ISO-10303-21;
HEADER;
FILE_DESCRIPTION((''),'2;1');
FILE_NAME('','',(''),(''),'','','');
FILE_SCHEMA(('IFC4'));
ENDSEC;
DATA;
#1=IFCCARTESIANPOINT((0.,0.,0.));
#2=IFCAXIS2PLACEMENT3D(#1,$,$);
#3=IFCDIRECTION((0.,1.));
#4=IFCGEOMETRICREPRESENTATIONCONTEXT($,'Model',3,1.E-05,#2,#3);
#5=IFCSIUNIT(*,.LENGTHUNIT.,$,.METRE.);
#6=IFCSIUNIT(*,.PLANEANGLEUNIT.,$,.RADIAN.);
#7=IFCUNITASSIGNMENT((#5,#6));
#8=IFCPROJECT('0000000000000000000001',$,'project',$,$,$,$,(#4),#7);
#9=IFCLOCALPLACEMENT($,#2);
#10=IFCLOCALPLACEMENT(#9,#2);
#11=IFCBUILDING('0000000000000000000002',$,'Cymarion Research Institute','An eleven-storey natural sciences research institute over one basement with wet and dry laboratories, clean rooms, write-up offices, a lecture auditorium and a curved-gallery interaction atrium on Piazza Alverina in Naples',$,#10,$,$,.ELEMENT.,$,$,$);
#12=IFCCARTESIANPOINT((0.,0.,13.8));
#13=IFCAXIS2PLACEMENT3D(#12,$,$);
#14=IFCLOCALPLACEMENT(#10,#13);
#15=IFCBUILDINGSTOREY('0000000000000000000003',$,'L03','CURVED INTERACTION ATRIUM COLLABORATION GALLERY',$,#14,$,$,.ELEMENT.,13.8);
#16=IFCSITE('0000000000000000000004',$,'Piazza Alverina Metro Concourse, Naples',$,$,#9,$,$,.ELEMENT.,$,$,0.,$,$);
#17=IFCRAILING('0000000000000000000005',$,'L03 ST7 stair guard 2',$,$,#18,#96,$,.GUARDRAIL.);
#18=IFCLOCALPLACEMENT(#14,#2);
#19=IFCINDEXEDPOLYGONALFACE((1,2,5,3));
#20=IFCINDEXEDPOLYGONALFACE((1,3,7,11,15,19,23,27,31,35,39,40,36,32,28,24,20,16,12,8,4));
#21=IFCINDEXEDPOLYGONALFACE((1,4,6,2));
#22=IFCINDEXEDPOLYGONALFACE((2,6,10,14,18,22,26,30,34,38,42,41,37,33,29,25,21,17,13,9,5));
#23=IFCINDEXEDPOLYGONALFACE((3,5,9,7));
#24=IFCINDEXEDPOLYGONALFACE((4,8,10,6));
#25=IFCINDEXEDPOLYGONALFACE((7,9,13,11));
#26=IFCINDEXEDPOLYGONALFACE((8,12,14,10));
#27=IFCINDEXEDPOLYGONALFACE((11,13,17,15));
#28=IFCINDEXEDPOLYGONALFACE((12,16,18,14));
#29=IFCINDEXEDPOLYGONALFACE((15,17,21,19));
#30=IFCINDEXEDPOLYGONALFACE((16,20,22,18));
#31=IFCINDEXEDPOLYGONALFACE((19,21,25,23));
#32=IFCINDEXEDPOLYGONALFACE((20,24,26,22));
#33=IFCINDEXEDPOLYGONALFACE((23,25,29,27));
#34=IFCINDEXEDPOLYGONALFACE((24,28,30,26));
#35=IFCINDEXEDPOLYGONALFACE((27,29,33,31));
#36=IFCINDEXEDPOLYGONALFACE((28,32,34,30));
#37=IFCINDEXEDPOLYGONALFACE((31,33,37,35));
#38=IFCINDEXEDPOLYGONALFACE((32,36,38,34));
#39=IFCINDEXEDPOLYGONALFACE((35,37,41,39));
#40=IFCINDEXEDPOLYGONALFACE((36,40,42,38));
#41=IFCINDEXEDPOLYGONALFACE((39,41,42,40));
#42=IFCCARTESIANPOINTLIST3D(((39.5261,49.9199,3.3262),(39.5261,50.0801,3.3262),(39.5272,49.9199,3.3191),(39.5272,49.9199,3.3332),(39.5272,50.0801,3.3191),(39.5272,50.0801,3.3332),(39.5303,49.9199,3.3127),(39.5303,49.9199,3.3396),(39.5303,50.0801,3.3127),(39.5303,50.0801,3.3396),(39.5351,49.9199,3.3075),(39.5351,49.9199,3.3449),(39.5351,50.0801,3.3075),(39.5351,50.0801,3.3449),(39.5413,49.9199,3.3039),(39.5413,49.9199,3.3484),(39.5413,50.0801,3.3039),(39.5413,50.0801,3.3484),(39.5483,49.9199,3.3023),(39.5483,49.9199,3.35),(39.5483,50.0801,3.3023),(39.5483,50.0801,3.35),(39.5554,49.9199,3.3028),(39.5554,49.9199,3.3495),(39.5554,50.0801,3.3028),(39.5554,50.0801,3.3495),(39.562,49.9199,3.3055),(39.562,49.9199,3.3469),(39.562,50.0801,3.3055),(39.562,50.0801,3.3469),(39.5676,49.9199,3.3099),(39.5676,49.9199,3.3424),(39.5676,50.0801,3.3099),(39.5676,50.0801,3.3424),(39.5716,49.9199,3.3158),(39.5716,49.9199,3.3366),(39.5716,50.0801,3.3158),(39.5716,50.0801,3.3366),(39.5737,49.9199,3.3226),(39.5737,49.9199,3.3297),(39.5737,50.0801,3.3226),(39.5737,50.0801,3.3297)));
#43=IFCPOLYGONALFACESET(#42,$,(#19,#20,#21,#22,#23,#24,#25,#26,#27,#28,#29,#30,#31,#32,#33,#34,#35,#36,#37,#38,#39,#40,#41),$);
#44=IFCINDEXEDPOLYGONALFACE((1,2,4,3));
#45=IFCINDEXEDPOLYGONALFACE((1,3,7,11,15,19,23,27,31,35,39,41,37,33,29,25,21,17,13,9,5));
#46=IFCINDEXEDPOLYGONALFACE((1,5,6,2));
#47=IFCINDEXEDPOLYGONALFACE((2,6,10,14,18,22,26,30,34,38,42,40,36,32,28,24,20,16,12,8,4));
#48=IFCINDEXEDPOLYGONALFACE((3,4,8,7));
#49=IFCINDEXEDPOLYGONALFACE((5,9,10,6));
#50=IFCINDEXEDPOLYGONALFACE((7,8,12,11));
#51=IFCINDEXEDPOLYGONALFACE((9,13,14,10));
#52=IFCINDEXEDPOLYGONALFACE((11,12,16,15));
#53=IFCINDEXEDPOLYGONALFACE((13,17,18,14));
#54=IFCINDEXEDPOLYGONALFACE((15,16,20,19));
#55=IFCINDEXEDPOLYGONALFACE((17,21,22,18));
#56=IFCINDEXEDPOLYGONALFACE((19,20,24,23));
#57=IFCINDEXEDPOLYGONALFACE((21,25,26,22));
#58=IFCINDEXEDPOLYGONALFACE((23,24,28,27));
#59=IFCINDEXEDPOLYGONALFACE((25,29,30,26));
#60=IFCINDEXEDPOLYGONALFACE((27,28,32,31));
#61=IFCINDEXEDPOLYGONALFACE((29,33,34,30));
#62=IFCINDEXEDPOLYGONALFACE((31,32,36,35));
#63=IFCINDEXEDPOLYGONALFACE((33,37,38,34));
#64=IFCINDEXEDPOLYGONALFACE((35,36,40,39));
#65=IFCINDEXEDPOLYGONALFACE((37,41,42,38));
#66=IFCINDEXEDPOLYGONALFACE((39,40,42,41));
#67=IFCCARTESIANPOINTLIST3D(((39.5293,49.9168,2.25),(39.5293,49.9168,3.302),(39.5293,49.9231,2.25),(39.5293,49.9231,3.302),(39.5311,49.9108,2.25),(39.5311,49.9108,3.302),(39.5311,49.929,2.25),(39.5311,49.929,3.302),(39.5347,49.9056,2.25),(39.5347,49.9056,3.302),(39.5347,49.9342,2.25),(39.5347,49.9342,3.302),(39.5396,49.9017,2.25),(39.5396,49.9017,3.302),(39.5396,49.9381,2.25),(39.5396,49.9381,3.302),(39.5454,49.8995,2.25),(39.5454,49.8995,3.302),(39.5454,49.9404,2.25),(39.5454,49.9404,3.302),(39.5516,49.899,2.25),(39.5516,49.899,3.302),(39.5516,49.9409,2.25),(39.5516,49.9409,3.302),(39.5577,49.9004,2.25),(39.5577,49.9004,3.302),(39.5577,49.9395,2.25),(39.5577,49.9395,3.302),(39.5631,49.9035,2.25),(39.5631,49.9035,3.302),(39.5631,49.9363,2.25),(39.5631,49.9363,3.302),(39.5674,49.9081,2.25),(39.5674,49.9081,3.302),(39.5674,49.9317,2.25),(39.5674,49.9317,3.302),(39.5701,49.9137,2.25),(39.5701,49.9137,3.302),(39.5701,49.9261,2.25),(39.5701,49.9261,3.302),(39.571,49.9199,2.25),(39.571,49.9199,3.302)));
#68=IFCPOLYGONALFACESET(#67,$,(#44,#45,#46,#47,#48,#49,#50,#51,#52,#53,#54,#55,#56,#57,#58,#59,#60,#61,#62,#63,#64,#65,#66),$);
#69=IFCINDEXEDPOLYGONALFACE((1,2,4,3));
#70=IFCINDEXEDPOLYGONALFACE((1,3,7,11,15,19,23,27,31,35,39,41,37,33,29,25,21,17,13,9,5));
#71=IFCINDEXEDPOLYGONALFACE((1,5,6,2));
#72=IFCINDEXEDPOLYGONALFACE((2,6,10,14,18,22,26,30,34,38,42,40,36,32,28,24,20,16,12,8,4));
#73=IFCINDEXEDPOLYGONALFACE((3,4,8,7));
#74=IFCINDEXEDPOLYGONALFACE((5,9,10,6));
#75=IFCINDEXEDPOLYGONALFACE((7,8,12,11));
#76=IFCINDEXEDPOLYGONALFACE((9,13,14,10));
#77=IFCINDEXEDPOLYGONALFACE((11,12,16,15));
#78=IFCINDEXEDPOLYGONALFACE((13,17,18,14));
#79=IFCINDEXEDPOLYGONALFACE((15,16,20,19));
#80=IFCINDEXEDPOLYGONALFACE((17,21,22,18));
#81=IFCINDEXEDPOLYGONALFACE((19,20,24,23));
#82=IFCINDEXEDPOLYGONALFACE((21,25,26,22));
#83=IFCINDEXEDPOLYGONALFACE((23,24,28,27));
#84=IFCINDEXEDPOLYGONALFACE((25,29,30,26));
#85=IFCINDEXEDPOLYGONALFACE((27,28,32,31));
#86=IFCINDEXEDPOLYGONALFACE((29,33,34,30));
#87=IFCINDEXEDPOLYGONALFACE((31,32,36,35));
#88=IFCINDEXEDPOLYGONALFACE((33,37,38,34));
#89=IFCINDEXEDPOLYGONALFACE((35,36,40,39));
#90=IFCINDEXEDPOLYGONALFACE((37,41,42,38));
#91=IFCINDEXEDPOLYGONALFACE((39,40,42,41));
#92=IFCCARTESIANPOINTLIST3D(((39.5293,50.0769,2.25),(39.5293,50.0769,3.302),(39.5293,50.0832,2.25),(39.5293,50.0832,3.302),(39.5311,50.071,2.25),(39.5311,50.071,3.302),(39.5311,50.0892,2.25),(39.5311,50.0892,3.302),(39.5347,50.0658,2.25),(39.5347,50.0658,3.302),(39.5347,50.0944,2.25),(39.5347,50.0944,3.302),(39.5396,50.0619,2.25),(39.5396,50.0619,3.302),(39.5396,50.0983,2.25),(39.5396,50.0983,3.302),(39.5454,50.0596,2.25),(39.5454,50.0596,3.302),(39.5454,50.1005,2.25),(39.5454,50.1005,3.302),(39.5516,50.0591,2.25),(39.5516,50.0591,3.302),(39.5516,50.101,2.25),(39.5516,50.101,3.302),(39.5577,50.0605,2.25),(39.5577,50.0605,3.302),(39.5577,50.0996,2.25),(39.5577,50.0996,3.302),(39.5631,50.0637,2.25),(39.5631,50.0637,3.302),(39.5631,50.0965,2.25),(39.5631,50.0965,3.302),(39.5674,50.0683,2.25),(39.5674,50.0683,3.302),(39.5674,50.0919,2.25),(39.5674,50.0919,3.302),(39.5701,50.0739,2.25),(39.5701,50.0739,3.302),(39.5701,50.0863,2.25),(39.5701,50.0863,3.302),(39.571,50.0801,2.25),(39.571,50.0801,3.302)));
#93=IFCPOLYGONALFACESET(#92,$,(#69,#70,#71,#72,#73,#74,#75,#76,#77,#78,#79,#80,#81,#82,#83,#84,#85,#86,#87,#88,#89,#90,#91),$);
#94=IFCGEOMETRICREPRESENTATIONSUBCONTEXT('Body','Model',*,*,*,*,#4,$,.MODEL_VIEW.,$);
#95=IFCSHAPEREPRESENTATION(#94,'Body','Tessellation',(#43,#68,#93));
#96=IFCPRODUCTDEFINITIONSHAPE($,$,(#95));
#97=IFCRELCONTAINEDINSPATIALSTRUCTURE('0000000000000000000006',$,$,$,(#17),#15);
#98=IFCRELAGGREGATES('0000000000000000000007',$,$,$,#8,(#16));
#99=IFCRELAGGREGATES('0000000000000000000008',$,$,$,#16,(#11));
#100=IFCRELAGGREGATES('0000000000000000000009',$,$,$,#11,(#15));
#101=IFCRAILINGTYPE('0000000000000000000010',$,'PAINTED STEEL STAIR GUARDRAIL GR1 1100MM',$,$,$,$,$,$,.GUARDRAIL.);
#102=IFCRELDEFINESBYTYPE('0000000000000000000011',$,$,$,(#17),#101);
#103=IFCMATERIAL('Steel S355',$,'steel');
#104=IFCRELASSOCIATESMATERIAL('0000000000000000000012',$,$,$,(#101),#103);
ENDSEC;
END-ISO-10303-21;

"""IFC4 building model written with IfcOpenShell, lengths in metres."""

from ifc_helpers import new_model, si_unit, direction, frame, origin, origin_2d, place, context, subcontext, project, spatial, circle, extrude, material, type_object, element, save


model = new_model("IFC4")

# Units and contexts
model_context = context("Model", 3, precision=1e-05, world=origin(), true_north=direction((0.0, 1.0)))
body_context = subcontext(model_context, "Body", "Model", "MODEL_VIEW")
ifc_project = project(units=[si_unit("LENGTHUNIT", "METRE"), si_unit("PLANEANGLEUNIT", "RADIAN")], contexts=[model_context])

# Site, building, storey
site_placement = place(None, origin())
site = spatial("IfcSite", under=ifc_project, at=site_placement, Name="Piazza Alverina Metro Concourse, Naples", CompositionType="ELEMENT", RefElevation=0.0)
building_placement = place(site_placement, origin())
building = spatial("IfcBuilding", under=site, at=building_placement, Name="Cymarion Research Institute", Description="An eleven-storey natural sciences research institute over one basement with wet and dry laboratories, clean rooms, write-up offices, a lecture auditorium and a curved-gallery interaction atrium on Piazza Alverina in Naples", CompositionType="ELEMENT")
storey_placement = place(building_placement, frame((0.0, 0.0, 13.8)))
storey = spatial("IfcBuildingStorey", under=building, at=storey_placement, Name="L03", Description="CURVED INTERACTION ATRIUM COLLABORATION GALLERY", CompositionType="ELEMENT", Elevation=13.8)

# Shared definitions
ifc_material_1 = material(Name="Steel S355", Category="steel")

# Railing
railing_type_1 = type_object("IfcRailingType", Name="PAINTED STEEL STAIR GUARDRAIL GR1 1100MM", PredefinedType="GUARDRAIL", material=ifc_material_1)
railing_1_placement = place(storey_placement, frame((39.55, 49.9199, 2.25)))
element("IfcRailing", 1, at=railing_1_placement, inside=storey, type_object=railing_type_1, Name="L03 ST7 stair guard 2", PredefinedType="GUARDRAIL", context=body_context, shape_type="SweptSolid", body=[
    extrude(circle(Radius=0.0239, at=origin_2d()), frame((0.0, 0.0, 1.0762), z_axis=(0.0, 1.0, 0.0), x_axis=(-1.0, 0.0, 0.0)), (0.0, 0.0, 1.0), 0.1602),
    extrude(circle(Radius=0.021, at=origin_2d()), origin(), (0.0, 0.0, 1.0), 1.052),
    extrude(circle(Radius=0.021, at=origin_2d()), frame((0.0, 0.1602, 0.0)), (0.0, 0.0, 1.0), 1.052),
])

save(model, "model.ifc")
